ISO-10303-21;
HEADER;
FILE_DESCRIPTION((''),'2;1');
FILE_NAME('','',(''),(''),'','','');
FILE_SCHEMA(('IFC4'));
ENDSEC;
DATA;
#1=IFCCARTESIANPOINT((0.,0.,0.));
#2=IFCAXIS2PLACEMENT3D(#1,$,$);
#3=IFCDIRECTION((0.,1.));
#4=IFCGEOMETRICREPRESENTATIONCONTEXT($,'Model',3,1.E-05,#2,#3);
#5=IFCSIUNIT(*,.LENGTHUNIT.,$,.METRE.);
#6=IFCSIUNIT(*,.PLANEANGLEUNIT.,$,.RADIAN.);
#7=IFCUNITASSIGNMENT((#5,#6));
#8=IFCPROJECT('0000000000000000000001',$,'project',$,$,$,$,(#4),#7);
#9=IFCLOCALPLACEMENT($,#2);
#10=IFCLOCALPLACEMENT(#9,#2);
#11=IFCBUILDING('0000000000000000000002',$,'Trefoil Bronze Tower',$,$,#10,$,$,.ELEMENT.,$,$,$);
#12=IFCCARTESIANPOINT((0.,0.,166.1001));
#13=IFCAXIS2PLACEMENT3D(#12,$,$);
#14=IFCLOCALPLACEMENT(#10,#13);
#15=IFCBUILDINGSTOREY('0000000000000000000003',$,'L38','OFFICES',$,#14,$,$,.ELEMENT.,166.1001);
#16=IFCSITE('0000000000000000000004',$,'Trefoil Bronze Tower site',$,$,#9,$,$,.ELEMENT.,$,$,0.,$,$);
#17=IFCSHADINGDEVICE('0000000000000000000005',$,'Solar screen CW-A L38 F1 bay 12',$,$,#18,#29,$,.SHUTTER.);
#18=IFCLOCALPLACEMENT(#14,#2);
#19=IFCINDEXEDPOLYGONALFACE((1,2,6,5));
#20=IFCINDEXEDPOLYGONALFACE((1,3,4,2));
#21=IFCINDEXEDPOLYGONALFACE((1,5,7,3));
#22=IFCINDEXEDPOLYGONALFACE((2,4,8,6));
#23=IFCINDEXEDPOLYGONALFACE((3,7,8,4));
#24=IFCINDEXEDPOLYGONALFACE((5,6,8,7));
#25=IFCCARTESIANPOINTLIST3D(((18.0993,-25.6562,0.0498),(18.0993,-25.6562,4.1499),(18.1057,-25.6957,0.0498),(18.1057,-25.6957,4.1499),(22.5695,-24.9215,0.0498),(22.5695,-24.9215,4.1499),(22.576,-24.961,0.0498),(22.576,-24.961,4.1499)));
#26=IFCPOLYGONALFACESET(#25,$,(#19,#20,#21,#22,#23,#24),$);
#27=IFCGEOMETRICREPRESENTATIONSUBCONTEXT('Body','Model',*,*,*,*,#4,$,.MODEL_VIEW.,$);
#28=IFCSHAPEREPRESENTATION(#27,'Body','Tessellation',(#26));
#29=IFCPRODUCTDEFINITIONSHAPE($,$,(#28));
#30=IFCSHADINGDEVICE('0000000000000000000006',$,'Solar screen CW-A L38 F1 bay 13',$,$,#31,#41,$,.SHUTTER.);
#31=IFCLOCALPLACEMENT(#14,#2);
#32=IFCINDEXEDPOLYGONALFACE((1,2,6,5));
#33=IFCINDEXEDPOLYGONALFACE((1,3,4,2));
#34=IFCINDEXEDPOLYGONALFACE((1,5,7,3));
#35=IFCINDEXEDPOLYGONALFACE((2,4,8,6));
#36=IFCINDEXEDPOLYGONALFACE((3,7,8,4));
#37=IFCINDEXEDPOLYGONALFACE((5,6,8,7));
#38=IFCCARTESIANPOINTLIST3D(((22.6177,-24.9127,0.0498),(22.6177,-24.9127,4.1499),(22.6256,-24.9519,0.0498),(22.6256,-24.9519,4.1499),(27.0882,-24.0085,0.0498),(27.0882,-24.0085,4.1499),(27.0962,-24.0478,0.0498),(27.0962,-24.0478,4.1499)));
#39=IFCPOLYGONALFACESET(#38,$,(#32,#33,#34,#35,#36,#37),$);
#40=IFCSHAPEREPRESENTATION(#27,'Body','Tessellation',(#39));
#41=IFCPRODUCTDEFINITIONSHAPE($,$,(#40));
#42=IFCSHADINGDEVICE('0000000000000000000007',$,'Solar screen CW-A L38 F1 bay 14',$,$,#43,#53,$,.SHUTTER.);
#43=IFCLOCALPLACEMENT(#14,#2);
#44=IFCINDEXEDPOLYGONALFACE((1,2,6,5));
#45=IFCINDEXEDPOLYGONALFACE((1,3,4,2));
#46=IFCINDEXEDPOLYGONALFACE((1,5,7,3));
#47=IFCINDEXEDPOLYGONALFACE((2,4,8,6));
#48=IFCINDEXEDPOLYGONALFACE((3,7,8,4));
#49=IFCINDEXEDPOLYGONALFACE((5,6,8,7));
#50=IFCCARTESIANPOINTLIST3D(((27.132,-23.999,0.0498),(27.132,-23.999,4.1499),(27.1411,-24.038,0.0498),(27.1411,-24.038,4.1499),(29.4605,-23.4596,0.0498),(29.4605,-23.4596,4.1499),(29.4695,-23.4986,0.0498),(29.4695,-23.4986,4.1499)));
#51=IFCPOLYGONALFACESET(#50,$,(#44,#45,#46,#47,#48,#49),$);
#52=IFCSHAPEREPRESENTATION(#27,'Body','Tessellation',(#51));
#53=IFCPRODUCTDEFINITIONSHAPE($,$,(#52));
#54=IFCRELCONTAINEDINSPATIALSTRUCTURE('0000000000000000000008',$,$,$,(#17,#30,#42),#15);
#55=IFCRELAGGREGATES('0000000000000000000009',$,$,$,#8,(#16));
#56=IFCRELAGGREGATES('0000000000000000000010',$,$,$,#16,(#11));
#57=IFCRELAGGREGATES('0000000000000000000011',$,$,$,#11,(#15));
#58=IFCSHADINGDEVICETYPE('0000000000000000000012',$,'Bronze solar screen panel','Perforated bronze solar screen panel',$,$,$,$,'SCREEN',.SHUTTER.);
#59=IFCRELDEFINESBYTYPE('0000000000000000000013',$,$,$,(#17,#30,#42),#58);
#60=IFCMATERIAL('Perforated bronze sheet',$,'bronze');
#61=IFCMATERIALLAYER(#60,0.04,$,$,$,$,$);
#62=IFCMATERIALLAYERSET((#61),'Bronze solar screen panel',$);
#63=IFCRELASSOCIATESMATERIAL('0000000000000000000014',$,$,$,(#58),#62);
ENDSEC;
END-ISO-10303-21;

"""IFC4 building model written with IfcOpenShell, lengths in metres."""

from ifc_helpers import new_model, si_unit, direction, frame, origin, origin_2d, place, context, subcontext, project, spatial, rectangle, extrude, material, layer, layer_set, type_object, element, save


model = new_model("IFC4")

# Units and contexts
model_context = context("Model", 3, precision=1e-05, world=origin(), true_north=direction((0.0, 1.0)))
body_context = subcontext(model_context, "Body", "Model", "MODEL_VIEW")
ifc_project = project(units=[si_unit("LENGTHUNIT", "METRE"), si_unit("PLANEANGLEUNIT", "RADIAN")], contexts=[model_context])

# Site, building, storey
site_placement = place(None, origin())
site = spatial("IfcSite", under=ifc_project, at=site_placement, Name="Trefoil Bronze Tower site", CompositionType="ELEMENT", RefElevation=0.0)
building_placement = place(site_placement, origin())
building = spatial("IfcBuilding", under=site, at=building_placement, Name="Trefoil Bronze Tower", CompositionType="ELEMENT")
storey_placement = place(building_placement, frame((0.0, 0.0, 166.1001)))
storey = spatial("IfcBuildingStorey", under=building, at=storey_placement, Name="L38", Description="OFFICES", CompositionType="ELEMENT", Elevation=166.1001)

# Shading devices
ifc_material_1 = material(Name="Perforated bronze sheet", Category="bronze")
ifc_layer_1 = layer(ifc_material_1, 0.04)
ifc_layer_set_1 = layer_set([ifc_layer_1], Name="Bronze solar screen panel")
shading_device_type = type_object("IfcShadingDeviceType", Name="Bronze solar screen panel", Description="Perforated bronze solar screen panel", ElementType="SCREEN", PredefinedType="SHUTTER", material=ifc_layer_set_1)
shading_device_1_placement = place(storey_placement, frame((20.3376, -25.3086, 0.0498), z_axis=(0.0, 0.0, 1.0), x_axis=(0.98676, 0.162189, 0.0)))
element("IfcShadingDevice", 1, at=shading_device_1_placement, inside=storey, type_object=shading_device_type, Name="Solar screen CW-A L38 F1 bay 12", PredefinedType="SHUTTER", context=body_context, shape_type="SweptSolid", body=[
    extrude(rectangle(XDim=4.5303, YDim=0.04, at=origin_2d()), origin(), (0.0, 0.0, 1.0), 4.1001),
])
shading_device_2_placement = place(storey_placement, frame((24.8569, -24.4802, 0.0498), z_axis=(0.0, 0.0, 1.0), x_axis=(0.980155, 0.198232, 0.0)))
element("IfcShadingDevice", 2, at=shading_device_2_placement, inside=storey, type_object=shading_device_type, Name="Solar screen CW-A L38 F1 bay 13", PredefinedType="SHUTTER", context=body_context, shape_type="SweptSolid", body=[
    extrude(rectangle(XDim=4.561, YDim=0.04, at=origin_2d()), origin(), (0.0, 0.0, 1.0), 4.1001),
])
shading_device_3_placement = place(storey_placement, frame((28.3008, -23.7488, 0.0498), z_axis=(0.0, 0.0, 1.0), x_axis=(0.974204, 0.225667, 0.0)))
element("IfcShadingDevice", 3, at=shading_device_3_placement, inside=storey, type_object=shading_device_type, Name="Solar screen CW-A L38 F1 bay 14", PredefinedType="SHUTTER", context=body_context, shape_type="SweptSolid", body=[
    extrude(rectangle(XDim=2.3901, YDim=0.04, at=origin_2d()), origin(), (0.0, 0.0, 1.0), 4.1001),
])

save(model, "model.ifc")
